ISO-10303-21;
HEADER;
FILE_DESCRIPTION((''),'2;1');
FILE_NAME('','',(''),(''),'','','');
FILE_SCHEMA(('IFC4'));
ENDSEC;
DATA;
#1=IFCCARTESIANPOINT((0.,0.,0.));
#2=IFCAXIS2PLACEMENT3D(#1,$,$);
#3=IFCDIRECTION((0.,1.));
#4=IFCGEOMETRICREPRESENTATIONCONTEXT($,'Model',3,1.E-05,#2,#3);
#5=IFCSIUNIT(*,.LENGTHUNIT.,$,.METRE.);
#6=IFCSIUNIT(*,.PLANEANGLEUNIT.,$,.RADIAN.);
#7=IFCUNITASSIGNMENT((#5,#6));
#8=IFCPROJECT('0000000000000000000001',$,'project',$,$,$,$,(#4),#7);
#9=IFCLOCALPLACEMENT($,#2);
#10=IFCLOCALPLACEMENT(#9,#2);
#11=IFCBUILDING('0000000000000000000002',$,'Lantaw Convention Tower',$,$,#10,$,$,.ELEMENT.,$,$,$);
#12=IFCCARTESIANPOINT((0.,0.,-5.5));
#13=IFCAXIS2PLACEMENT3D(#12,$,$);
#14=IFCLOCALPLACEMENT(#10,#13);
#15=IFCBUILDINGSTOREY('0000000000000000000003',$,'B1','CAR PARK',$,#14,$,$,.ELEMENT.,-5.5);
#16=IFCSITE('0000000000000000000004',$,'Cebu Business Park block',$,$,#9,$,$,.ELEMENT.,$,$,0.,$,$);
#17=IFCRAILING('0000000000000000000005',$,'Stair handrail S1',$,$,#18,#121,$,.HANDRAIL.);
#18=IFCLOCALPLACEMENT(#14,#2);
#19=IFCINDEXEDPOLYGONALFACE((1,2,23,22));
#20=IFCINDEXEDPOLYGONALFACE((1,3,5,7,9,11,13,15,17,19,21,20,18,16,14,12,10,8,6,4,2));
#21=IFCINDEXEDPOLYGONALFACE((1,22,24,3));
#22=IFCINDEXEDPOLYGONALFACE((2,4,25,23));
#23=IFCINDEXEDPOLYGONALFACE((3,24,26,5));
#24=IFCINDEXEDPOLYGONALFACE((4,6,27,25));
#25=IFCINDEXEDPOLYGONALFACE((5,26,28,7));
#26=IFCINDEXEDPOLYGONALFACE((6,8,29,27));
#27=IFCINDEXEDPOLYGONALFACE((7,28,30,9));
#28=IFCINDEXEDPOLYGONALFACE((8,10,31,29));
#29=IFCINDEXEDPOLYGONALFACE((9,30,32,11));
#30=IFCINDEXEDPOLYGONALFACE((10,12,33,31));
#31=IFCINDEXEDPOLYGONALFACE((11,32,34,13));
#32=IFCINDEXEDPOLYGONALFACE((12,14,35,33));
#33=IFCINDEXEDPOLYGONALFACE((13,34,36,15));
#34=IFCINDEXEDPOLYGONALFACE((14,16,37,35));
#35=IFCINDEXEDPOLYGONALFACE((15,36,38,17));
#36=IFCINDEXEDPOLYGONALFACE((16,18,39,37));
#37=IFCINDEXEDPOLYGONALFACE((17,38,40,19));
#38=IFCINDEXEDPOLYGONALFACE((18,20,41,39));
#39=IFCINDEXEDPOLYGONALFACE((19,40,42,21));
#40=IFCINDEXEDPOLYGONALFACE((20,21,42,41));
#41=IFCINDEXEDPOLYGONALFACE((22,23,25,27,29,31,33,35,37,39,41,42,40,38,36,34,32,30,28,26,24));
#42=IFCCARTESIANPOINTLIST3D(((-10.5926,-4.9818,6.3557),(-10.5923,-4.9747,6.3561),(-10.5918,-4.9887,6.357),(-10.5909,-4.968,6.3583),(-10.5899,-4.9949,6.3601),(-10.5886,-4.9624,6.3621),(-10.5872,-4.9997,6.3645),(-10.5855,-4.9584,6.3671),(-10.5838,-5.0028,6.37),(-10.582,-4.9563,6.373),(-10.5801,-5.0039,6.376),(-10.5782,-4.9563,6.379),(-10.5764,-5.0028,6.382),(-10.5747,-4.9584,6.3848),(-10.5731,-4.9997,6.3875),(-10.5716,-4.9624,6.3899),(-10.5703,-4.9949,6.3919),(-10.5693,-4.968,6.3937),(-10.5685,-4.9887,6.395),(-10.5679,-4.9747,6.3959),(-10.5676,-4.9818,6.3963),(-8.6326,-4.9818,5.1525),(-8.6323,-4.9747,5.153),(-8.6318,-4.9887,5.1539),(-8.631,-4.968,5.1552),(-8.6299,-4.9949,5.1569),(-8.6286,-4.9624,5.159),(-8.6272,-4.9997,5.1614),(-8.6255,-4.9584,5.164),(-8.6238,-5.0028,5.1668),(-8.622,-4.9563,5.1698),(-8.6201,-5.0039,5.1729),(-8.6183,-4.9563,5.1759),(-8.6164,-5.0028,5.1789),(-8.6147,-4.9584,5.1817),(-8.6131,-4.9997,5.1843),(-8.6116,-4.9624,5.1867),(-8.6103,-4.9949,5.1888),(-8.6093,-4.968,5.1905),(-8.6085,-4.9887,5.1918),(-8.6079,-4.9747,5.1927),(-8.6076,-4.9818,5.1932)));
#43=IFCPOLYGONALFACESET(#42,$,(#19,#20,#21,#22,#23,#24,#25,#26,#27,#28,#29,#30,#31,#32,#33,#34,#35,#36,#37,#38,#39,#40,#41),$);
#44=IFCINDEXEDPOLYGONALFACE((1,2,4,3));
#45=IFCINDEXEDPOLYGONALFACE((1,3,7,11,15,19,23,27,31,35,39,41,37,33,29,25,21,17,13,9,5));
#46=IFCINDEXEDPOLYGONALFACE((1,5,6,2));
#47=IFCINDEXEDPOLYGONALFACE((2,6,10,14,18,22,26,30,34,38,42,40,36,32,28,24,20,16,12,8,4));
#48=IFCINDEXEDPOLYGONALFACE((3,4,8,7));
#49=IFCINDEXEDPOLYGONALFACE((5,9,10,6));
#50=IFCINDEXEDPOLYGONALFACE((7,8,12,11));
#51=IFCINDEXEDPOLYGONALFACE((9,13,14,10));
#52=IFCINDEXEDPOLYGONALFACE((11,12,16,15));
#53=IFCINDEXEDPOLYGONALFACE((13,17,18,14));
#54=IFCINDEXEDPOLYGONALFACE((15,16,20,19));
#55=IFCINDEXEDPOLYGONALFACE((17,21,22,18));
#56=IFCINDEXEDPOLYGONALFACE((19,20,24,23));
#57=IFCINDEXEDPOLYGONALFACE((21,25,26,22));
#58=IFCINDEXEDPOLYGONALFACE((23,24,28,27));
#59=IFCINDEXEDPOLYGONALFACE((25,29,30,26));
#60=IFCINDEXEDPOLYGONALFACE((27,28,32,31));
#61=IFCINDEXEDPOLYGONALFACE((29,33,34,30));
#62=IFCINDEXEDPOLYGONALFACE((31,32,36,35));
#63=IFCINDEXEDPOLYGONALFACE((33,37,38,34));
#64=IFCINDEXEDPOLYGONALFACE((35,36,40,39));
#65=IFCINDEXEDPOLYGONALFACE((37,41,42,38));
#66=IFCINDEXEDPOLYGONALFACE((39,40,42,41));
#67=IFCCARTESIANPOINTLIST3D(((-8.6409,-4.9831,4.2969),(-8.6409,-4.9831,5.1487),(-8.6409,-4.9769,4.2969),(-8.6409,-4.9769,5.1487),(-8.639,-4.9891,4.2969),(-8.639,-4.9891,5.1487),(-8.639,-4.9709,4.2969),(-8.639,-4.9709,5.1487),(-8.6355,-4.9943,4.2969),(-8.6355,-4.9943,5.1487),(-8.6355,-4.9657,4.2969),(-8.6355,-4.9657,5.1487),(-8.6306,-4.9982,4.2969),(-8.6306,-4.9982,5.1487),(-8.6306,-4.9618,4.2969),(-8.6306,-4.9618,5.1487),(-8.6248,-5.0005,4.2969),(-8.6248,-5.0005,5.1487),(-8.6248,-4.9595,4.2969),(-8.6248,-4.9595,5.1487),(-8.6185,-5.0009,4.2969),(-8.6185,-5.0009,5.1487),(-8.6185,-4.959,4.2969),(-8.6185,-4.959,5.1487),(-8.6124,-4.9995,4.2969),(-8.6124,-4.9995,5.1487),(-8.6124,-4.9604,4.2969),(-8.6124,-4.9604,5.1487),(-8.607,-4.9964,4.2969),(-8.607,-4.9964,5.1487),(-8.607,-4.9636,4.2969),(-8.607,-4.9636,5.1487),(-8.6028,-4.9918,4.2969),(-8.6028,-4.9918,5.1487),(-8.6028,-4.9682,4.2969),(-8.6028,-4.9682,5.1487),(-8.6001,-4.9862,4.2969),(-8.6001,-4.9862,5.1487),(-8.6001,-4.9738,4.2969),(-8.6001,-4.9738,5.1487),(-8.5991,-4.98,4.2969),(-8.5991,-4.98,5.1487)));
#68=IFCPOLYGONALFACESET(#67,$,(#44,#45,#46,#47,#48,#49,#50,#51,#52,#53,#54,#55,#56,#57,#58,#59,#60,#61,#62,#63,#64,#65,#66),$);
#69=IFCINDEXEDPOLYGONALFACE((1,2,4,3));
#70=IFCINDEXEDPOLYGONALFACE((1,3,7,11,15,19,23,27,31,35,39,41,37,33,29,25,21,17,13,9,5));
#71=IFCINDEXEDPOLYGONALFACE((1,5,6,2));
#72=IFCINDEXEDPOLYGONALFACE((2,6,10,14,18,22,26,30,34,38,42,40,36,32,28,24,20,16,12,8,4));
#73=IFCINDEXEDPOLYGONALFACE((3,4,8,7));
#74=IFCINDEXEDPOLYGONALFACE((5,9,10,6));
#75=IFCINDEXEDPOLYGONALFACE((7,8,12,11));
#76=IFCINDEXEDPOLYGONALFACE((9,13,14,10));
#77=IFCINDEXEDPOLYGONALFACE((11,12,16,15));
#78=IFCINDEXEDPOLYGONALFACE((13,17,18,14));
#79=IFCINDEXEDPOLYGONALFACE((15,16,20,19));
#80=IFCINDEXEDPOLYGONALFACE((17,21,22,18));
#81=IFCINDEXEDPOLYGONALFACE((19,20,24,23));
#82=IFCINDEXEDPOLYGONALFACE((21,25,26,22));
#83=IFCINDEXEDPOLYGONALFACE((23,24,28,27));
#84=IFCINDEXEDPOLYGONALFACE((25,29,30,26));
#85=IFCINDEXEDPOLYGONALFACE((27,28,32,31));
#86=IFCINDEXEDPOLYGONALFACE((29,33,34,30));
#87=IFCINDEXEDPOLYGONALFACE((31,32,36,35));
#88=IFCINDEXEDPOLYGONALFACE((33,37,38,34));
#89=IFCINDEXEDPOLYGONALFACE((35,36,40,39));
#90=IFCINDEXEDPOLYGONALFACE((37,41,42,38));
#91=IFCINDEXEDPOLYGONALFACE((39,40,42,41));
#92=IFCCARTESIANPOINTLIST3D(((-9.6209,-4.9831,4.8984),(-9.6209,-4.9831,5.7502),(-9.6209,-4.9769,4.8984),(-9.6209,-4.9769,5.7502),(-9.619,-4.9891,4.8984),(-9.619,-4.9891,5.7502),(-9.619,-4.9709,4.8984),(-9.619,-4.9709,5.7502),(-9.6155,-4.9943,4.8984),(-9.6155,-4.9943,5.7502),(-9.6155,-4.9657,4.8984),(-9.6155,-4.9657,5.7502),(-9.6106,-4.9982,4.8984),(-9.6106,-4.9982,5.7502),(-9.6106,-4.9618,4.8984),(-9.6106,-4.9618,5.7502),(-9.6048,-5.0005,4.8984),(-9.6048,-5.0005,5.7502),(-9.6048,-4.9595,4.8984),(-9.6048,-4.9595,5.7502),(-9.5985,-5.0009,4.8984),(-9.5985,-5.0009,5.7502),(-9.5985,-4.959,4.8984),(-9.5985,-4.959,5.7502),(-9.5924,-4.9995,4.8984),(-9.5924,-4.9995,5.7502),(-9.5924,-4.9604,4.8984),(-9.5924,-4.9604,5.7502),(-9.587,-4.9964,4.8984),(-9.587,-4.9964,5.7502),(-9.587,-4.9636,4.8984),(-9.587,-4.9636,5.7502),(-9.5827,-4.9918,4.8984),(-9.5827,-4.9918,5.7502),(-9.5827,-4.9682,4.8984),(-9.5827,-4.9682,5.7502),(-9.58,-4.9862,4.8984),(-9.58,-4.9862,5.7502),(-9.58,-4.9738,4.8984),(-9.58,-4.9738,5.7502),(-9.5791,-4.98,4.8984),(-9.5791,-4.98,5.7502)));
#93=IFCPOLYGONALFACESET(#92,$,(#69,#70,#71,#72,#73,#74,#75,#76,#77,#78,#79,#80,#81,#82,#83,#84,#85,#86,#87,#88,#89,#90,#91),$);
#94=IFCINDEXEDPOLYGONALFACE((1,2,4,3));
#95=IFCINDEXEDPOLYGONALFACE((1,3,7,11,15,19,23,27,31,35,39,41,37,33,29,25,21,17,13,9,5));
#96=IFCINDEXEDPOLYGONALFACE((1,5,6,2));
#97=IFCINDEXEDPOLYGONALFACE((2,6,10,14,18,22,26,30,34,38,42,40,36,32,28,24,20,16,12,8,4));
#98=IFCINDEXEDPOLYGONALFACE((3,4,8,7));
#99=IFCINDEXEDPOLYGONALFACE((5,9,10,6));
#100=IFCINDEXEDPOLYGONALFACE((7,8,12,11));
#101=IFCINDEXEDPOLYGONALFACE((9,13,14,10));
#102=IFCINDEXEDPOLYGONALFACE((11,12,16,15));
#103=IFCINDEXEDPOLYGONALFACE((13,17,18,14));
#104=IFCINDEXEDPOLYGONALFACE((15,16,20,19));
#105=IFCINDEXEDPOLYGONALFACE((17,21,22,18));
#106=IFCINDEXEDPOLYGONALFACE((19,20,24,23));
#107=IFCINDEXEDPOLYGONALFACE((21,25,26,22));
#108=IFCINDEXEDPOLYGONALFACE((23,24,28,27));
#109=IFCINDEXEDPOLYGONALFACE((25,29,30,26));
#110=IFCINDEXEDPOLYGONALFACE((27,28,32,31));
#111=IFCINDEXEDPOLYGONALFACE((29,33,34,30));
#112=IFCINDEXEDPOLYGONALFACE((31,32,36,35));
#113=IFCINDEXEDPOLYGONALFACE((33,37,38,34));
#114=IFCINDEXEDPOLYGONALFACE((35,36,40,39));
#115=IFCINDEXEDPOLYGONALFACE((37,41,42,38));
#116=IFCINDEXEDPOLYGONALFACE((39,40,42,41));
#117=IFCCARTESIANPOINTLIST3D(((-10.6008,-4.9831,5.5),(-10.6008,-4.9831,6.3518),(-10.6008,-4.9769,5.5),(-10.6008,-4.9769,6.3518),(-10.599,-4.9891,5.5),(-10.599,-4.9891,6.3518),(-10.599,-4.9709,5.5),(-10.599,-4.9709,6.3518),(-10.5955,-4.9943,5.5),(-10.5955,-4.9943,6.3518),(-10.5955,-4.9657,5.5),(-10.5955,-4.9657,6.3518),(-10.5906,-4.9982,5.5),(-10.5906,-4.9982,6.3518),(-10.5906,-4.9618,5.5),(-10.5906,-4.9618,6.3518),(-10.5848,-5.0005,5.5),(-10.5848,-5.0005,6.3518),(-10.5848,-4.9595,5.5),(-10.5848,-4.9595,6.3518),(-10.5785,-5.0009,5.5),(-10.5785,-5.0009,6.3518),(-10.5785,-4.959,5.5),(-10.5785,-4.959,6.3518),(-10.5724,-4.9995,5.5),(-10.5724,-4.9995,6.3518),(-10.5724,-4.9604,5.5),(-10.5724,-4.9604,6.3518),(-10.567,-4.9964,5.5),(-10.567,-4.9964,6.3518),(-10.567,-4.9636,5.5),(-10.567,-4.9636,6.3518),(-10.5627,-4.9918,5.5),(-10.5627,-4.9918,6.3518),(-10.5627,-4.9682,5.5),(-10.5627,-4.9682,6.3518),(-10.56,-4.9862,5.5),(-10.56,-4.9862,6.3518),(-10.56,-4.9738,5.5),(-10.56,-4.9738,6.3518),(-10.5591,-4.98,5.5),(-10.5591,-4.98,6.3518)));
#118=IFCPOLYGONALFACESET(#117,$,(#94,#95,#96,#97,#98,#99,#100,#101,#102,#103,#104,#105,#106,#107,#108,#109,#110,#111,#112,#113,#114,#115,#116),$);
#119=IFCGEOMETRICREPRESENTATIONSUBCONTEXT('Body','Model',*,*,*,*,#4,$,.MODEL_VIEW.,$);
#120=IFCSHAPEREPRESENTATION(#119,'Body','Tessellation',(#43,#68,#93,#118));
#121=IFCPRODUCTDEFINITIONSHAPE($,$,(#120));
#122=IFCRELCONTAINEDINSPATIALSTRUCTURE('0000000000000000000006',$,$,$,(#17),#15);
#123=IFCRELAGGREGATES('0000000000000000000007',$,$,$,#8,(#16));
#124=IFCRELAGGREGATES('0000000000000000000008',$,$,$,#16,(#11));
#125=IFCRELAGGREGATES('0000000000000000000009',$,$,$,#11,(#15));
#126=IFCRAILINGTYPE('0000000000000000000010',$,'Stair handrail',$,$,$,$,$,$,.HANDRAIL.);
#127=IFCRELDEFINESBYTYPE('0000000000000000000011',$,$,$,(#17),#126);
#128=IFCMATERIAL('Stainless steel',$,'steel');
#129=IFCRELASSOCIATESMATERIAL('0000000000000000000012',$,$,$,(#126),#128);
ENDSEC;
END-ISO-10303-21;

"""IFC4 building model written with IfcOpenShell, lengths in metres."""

from ifc_helpers import new_model, si_unit, direction, frame, origin, origin_2d, place, context, subcontext, project, spatial, circle, extrude, material, type_object, element, save


model = new_model("IFC4")

# Units and contexts
model_context = context("Model", 3, precision=1e-05, world=origin(), true_north=direction((0.0, 1.0)))
body_context = subcontext(model_context, "Body", "Model", "MODEL_VIEW")
ifc_project = project(units=[si_unit("LENGTHUNIT", "METRE"), si_unit("PLANEANGLEUNIT", "RADIAN")], contexts=[model_context])

# Site, building, storey
site_placement = place(None, origin())
site = spatial("IfcSite", under=ifc_project, at=site_placement, Name="Cebu Business Park block", CompositionType="ELEMENT", RefElevation=0.0)
building_placement = place(site_placement, origin())
building = spatial("IfcBuilding", under=site, at=building_placement, Name="Lantaw Convention Tower", CompositionType="ELEMENT")
storey_placement = place(building_placement, frame((0.0, 0.0, -5.5)))
storey = spatial("IfcBuildingStorey", under=building, at=storey_placement, Name="B1", Description="CAR PARK", CompositionType="ELEMENT", Elevation=-5.5)

# Railing
ifc_material_1 = material(Name="Stainless steel", Category="steel")
railing_type = type_object("IfcRailingType", Name="Stair handrail", PredefinedType="HANDRAIL", material=ifc_material_1)
railing_1_placement = place(storey_placement, frame((-8.6201, -4.98, 4.2969)))
element("IfcRailing", 1, at=railing_1_placement, inside=storey, type_object=railing_type, Name="Stair handrail S1", PredefinedType="HANDRAIL", context=body_context, shape_type="SweptSolid", body=[
    extrude(circle(Radius=0.0239, at=origin_2d()), frame((0.0, 0.0, 0.876), z_axis=(-0.852241, 0.0, 0.523149), x_axis=(0.0, -1.0, 0.0)), (0.0, 0.0, 1.0), 2.2998),
    extrude(circle(Radius=0.021, at=origin_2d()), origin(), (0.0, 0.0, 1.0), 0.8518),
    extrude(circle(Radius=0.021, at=origin_2d()), frame((-0.98, 0.0, 0.6016)), (0.0, 0.0, 1.0), 0.8518),
    extrude(circle(Radius=0.021, at=origin_2d()), frame((-1.96, 0.0, 1.2031)), (0.0, 0.0, 1.0), 0.8518),
])

save(model, "model.ifc")
